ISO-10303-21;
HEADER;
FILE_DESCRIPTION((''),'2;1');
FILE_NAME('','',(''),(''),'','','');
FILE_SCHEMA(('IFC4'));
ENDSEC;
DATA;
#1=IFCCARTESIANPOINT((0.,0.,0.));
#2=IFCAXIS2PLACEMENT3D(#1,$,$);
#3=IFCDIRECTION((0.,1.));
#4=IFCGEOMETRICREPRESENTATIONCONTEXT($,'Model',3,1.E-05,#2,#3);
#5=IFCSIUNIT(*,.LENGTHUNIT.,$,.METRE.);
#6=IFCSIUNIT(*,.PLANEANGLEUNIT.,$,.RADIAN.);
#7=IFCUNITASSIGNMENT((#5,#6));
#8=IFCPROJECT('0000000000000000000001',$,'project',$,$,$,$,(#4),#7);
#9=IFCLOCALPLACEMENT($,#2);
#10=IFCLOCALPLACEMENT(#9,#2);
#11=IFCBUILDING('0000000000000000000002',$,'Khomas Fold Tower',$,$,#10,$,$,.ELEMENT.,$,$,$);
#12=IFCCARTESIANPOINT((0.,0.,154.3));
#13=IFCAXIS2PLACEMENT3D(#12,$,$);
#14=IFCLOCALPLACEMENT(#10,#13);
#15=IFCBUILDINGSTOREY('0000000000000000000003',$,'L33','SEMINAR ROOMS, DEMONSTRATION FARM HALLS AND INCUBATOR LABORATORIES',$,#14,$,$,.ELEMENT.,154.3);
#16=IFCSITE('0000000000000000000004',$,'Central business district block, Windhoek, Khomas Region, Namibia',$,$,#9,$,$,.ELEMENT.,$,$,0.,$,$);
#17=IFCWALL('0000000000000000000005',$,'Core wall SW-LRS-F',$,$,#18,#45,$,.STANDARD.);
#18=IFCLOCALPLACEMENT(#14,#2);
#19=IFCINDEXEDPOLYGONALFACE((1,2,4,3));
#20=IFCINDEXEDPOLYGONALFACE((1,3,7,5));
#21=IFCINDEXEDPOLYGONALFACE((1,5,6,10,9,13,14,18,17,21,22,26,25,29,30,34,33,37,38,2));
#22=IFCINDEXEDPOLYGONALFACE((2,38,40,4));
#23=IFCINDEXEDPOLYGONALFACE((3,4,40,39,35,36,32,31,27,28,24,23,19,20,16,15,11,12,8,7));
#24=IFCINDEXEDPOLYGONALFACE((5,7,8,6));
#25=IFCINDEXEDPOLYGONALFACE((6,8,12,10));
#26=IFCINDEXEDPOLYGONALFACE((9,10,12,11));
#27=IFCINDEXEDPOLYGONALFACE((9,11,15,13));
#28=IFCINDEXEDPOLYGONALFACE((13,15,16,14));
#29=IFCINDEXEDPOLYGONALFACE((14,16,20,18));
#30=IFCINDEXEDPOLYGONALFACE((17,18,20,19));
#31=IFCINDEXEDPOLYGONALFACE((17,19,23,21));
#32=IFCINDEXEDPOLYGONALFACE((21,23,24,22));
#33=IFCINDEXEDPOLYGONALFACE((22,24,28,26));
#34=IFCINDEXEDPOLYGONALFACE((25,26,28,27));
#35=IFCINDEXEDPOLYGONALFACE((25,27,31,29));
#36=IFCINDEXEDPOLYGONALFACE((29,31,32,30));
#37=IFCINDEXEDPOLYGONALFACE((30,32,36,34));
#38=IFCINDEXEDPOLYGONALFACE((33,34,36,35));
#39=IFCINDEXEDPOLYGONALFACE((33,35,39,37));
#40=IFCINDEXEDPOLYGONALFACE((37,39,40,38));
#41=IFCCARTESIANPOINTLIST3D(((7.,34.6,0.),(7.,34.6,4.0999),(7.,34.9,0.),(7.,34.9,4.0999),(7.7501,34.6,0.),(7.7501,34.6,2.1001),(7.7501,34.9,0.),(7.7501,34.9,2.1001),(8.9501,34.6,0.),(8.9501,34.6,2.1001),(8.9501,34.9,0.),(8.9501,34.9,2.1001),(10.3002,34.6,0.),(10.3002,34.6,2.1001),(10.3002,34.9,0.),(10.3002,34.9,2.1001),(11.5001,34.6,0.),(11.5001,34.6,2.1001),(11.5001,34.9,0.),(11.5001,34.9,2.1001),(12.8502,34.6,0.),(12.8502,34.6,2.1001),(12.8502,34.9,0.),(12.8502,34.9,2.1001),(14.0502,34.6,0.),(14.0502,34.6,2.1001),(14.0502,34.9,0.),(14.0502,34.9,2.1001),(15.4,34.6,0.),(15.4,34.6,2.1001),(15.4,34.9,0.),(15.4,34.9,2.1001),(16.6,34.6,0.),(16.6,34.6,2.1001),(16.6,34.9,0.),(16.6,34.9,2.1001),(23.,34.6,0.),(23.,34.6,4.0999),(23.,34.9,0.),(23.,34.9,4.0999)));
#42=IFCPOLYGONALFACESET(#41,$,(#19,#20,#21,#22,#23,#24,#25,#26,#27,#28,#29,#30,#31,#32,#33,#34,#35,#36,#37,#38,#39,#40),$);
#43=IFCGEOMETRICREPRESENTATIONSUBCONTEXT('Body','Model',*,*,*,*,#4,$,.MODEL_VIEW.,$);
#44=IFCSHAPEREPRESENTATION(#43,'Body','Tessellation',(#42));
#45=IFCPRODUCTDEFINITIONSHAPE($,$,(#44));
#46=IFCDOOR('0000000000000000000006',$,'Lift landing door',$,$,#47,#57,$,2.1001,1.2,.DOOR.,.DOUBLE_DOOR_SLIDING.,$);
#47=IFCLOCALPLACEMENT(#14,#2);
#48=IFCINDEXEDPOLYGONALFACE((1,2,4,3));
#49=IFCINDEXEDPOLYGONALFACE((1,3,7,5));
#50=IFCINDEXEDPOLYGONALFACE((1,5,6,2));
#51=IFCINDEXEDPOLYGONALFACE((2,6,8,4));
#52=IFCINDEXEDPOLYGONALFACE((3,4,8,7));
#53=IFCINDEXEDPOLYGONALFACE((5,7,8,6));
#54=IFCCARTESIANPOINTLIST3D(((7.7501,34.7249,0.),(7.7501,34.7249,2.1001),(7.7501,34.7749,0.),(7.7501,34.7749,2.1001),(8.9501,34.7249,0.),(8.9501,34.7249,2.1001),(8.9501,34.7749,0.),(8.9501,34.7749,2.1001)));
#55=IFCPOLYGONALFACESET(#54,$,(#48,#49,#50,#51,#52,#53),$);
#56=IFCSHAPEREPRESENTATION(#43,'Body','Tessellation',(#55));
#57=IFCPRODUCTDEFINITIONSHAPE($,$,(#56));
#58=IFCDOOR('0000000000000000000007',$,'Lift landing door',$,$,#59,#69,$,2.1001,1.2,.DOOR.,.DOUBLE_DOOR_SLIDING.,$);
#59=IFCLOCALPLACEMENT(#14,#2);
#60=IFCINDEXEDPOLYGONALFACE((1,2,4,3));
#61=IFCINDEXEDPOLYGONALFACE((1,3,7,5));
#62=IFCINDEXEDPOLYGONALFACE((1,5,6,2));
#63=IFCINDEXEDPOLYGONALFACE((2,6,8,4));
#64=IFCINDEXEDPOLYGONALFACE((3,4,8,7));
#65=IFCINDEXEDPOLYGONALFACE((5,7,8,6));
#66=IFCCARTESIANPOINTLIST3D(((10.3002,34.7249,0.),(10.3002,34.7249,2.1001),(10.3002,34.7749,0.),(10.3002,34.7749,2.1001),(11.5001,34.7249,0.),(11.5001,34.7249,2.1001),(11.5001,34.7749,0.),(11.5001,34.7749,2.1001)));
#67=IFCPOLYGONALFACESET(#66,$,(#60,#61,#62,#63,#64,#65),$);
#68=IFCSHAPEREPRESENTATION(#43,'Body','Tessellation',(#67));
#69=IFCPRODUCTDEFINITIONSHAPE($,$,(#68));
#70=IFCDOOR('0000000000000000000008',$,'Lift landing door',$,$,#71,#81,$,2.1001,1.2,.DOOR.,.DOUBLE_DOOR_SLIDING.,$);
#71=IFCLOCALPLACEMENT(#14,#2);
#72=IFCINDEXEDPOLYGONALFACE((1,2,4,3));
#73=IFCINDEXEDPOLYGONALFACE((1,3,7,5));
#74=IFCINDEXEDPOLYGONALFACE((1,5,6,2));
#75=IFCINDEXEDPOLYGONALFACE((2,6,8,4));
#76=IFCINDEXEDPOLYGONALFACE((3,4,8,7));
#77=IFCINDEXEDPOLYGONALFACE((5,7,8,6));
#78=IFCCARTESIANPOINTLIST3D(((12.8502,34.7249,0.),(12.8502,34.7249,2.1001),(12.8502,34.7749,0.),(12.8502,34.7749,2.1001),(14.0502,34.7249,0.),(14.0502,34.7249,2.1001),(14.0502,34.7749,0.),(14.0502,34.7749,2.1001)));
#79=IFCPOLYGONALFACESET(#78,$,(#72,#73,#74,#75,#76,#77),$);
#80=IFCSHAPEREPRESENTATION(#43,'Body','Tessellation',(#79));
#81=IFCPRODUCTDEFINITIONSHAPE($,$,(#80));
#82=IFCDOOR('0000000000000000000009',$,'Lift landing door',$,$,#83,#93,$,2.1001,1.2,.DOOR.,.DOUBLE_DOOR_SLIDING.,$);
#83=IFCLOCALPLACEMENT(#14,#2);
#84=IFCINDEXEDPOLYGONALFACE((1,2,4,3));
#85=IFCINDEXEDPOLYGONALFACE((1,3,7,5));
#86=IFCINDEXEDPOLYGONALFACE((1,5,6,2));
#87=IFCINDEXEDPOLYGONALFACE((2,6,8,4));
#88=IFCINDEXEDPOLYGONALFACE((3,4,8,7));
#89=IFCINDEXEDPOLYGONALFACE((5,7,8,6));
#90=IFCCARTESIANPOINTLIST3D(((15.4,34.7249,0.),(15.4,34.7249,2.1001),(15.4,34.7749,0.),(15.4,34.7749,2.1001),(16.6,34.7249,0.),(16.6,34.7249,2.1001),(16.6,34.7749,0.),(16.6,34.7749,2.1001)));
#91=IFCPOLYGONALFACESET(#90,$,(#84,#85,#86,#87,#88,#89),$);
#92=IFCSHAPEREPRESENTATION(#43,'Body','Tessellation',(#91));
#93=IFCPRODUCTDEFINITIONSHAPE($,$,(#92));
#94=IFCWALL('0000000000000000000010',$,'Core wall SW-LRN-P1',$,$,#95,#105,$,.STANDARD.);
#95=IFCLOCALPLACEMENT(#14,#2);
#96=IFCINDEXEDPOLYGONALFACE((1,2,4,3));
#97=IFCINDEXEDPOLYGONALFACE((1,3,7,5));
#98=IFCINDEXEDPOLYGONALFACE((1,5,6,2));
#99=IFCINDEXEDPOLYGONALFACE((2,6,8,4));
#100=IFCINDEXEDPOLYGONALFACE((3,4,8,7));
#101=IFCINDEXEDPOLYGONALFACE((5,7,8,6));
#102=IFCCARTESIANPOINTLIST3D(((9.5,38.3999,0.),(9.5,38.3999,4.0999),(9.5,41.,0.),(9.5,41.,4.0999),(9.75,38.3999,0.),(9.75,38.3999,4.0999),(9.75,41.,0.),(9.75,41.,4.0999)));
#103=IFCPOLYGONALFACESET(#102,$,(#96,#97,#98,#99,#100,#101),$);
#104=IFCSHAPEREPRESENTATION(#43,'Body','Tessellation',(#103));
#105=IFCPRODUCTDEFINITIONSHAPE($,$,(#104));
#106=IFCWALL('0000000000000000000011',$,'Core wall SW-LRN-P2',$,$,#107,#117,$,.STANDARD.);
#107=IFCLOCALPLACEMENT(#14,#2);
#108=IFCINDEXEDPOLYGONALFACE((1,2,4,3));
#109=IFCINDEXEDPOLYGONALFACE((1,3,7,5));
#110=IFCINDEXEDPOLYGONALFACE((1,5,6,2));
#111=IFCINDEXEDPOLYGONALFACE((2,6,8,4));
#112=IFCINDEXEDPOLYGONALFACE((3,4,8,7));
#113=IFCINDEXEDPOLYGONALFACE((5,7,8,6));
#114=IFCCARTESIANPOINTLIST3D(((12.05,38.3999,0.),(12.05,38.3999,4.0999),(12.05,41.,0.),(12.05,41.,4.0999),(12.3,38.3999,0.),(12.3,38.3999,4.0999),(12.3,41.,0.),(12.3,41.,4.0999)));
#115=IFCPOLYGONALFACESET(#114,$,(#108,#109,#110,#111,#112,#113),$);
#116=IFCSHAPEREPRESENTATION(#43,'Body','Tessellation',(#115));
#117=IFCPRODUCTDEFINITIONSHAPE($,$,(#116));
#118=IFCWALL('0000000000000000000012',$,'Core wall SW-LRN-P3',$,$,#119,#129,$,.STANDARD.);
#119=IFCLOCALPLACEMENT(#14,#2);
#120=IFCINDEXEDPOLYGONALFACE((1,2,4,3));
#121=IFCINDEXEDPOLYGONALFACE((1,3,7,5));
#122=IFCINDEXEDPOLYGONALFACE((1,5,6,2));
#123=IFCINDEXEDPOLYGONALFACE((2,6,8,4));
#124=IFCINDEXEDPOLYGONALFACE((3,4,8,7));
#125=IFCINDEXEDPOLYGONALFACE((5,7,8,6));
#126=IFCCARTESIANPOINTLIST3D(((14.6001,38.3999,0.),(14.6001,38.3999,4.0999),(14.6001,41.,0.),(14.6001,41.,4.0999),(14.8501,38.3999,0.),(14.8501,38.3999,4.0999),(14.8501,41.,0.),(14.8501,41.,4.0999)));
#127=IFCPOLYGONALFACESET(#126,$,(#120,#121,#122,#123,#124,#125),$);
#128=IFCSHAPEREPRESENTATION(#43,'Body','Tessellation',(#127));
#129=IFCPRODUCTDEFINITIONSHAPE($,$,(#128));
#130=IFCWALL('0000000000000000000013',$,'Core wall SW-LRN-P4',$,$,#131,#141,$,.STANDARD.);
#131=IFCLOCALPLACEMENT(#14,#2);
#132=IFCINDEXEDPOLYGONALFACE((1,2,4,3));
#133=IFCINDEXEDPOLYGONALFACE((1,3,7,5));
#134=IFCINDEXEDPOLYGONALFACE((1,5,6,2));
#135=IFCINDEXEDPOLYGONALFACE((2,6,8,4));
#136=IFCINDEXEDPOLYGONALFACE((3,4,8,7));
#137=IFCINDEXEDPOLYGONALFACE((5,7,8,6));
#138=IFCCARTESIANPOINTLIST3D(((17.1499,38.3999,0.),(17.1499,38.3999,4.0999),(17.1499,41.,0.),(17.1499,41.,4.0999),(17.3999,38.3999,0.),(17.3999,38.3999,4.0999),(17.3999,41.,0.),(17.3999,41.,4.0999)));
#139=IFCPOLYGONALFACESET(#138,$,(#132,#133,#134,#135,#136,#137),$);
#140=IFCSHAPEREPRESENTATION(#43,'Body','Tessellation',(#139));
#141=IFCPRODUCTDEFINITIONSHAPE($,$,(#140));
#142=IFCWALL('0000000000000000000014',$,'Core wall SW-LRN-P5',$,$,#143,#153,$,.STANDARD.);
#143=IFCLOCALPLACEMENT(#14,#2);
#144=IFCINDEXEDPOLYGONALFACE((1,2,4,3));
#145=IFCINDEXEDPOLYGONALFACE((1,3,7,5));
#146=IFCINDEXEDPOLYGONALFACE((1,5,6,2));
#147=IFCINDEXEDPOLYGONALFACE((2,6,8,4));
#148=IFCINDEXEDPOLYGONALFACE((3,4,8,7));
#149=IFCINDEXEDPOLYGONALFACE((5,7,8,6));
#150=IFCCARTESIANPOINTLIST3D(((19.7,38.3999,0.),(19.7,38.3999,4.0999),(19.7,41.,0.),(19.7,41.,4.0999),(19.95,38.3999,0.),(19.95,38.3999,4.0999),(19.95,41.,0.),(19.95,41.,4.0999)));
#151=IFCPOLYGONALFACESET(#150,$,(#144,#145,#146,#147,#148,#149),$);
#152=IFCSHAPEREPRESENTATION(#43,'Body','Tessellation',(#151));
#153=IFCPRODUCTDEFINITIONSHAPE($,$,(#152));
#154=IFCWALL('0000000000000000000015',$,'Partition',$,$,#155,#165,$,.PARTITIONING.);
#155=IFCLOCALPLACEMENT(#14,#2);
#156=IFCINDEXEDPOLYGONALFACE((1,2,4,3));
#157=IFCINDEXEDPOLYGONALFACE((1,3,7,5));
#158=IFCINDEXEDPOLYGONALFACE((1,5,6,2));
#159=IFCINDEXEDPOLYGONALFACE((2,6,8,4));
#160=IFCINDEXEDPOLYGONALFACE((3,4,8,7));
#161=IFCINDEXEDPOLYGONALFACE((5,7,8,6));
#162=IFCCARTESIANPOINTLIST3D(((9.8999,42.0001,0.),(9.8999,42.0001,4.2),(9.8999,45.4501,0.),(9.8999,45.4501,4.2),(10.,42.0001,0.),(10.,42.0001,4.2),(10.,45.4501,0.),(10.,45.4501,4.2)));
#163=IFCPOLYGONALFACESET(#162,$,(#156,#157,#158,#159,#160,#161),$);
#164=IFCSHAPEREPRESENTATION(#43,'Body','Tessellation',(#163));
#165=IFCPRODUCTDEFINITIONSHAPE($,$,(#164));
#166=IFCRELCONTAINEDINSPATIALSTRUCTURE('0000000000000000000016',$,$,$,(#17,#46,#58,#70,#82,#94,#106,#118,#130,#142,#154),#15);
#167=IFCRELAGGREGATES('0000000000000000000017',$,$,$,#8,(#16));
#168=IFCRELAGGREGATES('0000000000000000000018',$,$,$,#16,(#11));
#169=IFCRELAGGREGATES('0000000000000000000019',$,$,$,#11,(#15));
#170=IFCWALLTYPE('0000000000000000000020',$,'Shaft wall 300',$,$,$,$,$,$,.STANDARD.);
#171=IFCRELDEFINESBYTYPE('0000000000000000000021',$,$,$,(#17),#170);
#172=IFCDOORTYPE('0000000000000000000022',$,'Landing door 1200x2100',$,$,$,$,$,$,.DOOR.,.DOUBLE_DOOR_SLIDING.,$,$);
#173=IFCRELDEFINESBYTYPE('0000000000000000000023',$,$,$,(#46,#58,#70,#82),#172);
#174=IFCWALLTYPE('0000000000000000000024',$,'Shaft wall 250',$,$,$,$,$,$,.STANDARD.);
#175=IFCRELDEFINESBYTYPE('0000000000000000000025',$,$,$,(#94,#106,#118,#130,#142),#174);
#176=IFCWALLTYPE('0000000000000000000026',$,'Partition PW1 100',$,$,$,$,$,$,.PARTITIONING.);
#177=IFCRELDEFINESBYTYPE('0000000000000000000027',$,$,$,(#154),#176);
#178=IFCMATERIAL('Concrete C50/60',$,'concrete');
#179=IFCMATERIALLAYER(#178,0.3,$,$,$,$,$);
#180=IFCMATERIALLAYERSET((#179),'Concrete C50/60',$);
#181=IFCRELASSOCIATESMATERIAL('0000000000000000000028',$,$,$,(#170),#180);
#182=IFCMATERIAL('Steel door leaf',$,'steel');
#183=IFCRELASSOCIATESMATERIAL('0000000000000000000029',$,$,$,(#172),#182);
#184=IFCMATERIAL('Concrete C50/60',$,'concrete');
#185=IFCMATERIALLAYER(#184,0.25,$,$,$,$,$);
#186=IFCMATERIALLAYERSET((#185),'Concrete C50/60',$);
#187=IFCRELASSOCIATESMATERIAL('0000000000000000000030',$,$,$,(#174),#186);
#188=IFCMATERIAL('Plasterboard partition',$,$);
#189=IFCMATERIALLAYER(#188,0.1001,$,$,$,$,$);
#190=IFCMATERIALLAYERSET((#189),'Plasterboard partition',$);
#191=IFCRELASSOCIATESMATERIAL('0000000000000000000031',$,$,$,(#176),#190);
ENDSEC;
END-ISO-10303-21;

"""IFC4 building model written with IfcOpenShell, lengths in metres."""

from ifc_helpers import new_model, si_unit, direction, frame, frame_2d, origin, place, context, subcontext, project, spatial, rectangle, extrude, source, transform, mapped, material, layer, layer_set, type_object, element, fill, save


model = new_model("IFC4")

# Units and contexts
model_context = context("Model", 3, precision=1e-05, world=origin(), true_north=direction((0.0, 1.0)))
body_context = subcontext(model_context, "Body", "Model", "MODEL_VIEW")
ifc_project = project(units=[si_unit("LENGTHUNIT", "METRE"), si_unit("PLANEANGLEUNIT", "RADIAN")], contexts=[model_context])

# Site, building, storey
site_placement = place(None, origin())
site = spatial("IfcSite", under=ifc_project, at=site_placement, Name="Central business district block, Windhoek, Khomas Region, Namibia", CompositionType="ELEMENT", RefElevation=0.0)
building_placement = place(site_placement, origin())
building = spatial("IfcBuilding", under=site, at=building_placement, Name="Khomas Fold Tower", CompositionType="ELEMENT")
storey_placement = place(building_placement, frame((0.0, 0.0, 154.3)))
storey = spatial("IfcBuildingStorey", under=building, at=storey_placement, Name="L33", Description="SEMINAR ROOMS, DEMONSTRATION FARM HALLS AND INCUBATOR LABORATORIES", CompositionType="ELEMENT", Elevation=154.3)

# Wall, openings, doors
ifc_material_1 = material(Name="Concrete C50/60", Category="concrete")
ifc_layer_1 = layer(ifc_material_1, 0.3)
ifc_layer_set_1 = layer_set([ifc_layer_1], Name="Concrete C50/60")
wall_type_1 = type_object("IfcWallType", Name="Shaft wall 300", PredefinedType="STANDARD", material=ifc_layer_set_1)
shared_shape_1 = source(origin(), body_context, "Body", "SweptSolid", [
    extrude(rectangle(XDim=16.0, YDim=0.3, at=frame_2d((8.0, 0.0))), origin(), (0.0, 0.0, 1.0), 4.0999),
])
shared_shape_2 = source(origin(), body_context, "Body", "SweptSolid", [
    extrude(rectangle(XDim=1.2, YDim=2.1001, at=frame_2d((0.6001, 1.05))), frame((0.0, 0.1599, 0.0), z_axis=(0.0, -1.0, 0.0), x_axis=(1.0, 0.0, 0.0)), (0.0, 0.0, 1.0), 0.3201),
])
ifc_material_2 = material(Name="Steel door leaf", Category="steel")
door_type = type_object("IfcDoorType", Name="Landing door 1200x2100", OperationType="DOUBLE_DOOR_SLIDING", PredefinedType="DOOR", material=ifc_material_2)
shared_shape_3 = source(origin(), body_context, "Body", "SweptSolid", [
    extrude(rectangle(XDim=1.2, YDim=2.1001, at=frame_2d((0.6001, 1.05))), frame((0.0, 0.0249, 0.0), z_axis=(0.0, -1.0, 0.0), x_axis=(1.0, 0.0, 0.0)), (0.0, 0.0, 1.0), 0.05),
])
wall_1_placement = place(storey_placement, frame((7.0, 34.75, 0.0), z_axis=(0.0, 0.0, 1.0), x_axis=(1.0, 0.0, 0.0)))
wall_1 = element("IfcWall", 1, at=wall_1_placement, inside=storey, type_object=wall_type_1, Name="Core wall SW-LRS-F", PredefinedType="STANDARD", context=body_context, shape_type="MappedRepresentation", body=[
    mapped(shared_shape_1, transform((0.0, 0.0, 0.0))),
])
opening_1_placement = place(wall_1_placement, frame((0.75, 0.0, 0.0)))
opening_1 = element("IfcOpeningElement", 2, at=opening_1_placement, cuts=wall_1, PredefinedType="OPENING", context=body_context, shape_type="MappedRepresentation", body=[
    mapped(shared_shape_2, transform((0.0, 0.0, 0.0))),
])
opening_2_placement = place(wall_1_placement, frame((3.3, 0.0, 0.0)))
opening_2 = element("IfcOpeningElement", 3, at=opening_2_placement, cuts=wall_1, PredefinedType="OPENING", context=body_context, shape_type="MappedRepresentation", body=[
    mapped(shared_shape_2, transform((0.0, 0.0, 0.0))),
])
opening_3_placement = place(wall_1_placement, frame((5.8501, 0.0, 0.0)))
opening_3 = element("IfcOpeningElement", 4, at=opening_3_placement, cuts=wall_1, PredefinedType="OPENING", context=body_context, shape_type="MappedRepresentation", body=[
    mapped(shared_shape_2, transform((0.0, 0.0, 0.0))),
])
opening_4_placement = place(wall_1_placement, frame((8.3999, 0.0, 0.0)))
opening_4 = element("IfcOpeningElement", 5, at=opening_4_placement, cuts=wall_1, PredefinedType="OPENING", context=body_context, shape_type="MappedRepresentation", body=[
    mapped(shared_shape_2, transform((0.0, 0.0, 0.0))),
])
door_1_placement = place(opening_1_placement, origin())
door_1 = element("IfcDoor", 6, at=door_1_placement, inside=storey, type_object=door_type, Name="Lift landing door", OperationType="DOUBLE_DOOR_SLIDING", OverallHeight=2.1001, OverallWidth=1.2, PredefinedType="DOOR", context=body_context, shape_type="MappedRepresentation", body=[
    mapped(shared_shape_3, transform((0.0, 0.0, 0.0))),
])
fill(opening_1, door_1)
door_2_placement = place(opening_2_placement, origin())
door_2 = element("IfcDoor", 7, at=door_2_placement, inside=storey, type_object=door_type, Name="Lift landing door", OperationType="DOUBLE_DOOR_SLIDING", OverallHeight=2.1001, OverallWidth=1.2, PredefinedType="DOOR", context=body_context, shape_type="MappedRepresentation", body=[
    mapped(shared_shape_3, transform((0.0, 0.0, 0.0))),
])
fill(opening_2, door_2)
door_3_placement = place(opening_3_placement, origin())
door_3 = element("IfcDoor", 8, at=door_3_placement, inside=storey, type_object=door_type, Name="Lift landing door", OperationType="DOUBLE_DOOR_SLIDING", OverallHeight=2.1001, OverallWidth=1.2, PredefinedType="DOOR", context=body_context, shape_type="MappedRepresentation", body=[
    mapped(shared_shape_3, transform((0.0, 0.0, 0.0))),
])
fill(opening_3, door_3)
door_4_placement = place(opening_4_placement, origin())
door_4 = element("IfcDoor", 9, at=door_4_placement, inside=storey, type_object=door_type, Name="Lift landing door", OperationType="DOUBLE_DOOR_SLIDING", OverallHeight=2.1001, OverallWidth=1.2, PredefinedType="DOOR", context=body_context, shape_type="MappedRepresentation", body=[
    mapped(shared_shape_3, transform((0.0, 0.0, 0.0))),
])
fill(opening_4, door_4)

# Walls
ifc_material_3 = material(Name="Concrete C50/60", Category="concrete")
ifc_layer_2 = layer(ifc_material_3, 0.25)
ifc_layer_set_2 = layer_set([ifc_layer_2], Name="Concrete C50/60")
wall_type_2 = type_object("IfcWallType", Name="Shaft wall 250", PredefinedType="STANDARD", material=ifc_layer_set_2)
shared_shape_4 = source(origin(), body_context, "Body", "SweptSolid", [
    extrude(rectangle(XDim=2.6001, YDim=0.25, at=frame_2d((1.3, 0.0))), origin(), (0.0, 0.0, 1.0), 4.0999),
])
for number, where, z_axis, x_axis, name in (
    (10, (9.625, 38.3999, 0.0), (0.0, 0.0, 1.0), (0.0, 1.0, 0.0), "Core wall SW-LRN-P1"),
    (11, (12.175, 38.3999, 0.0), (0.0, 0.0, 1.0), (0.0, 1.0, 0.0), "Core wall SW-LRN-P2"),
    (12, (14.7251, 38.3999, 0.0), (0.0, 0.0, 1.0), (0.0, 1.0, 0.0), "Core wall SW-LRN-P3"),
    (13, (17.2749, 38.3999, 0.0), (0.0, 0.0, 1.0), (0.0, 1.0, 0.0), "Core wall SW-LRN-P4"),
    (14, (19.825, 38.3999, 0.0), (0.0, 0.0, 1.0), (0.0, 1.0, 0.0), "Core wall SW-LRN-P5"),
):
    element("IfcWall", number, at=place(storey_placement, frame(where, z_axis=z_axis, x_axis=x_axis)), inside=storey, type_object=wall_type_2, Name=name, PredefinedType="STANDARD", context=body_context, shape_type="MappedRepresentation", body=[
        mapped(shared_shape_4, transform((0.0, 0.0, 0.0))),
    ])
ifc_material_4 = material(Name="Plasterboard partition")
ifc_layer_3 = layer(ifc_material_4, 0.1001)
ifc_layer_set_3 = layer_set([ifc_layer_3], Name="Plasterboard partition")
wall_type_3 = type_object("IfcWallType", Name="Partition PW1 100", PredefinedType="PARTITIONING", material=ifc_layer_set_3)
shared_shape_5 = source(origin(), body_context, "Body", "SweptSolid", [
    extrude(rectangle(XDim=3.45, YDim=0.1001, at=frame_2d((1.7251, 0.0))), origin(), (0.0, 0.0, 1.0), 4.2),
])
wall_2_placement = place(storey_placement, frame((9.95, 42.0, 0.0), z_axis=(0.0, 0.0, 1.0), x_axis=(0.0, 1.0, 0.0)))
element("IfcWall", 15, at=wall_2_placement, inside=storey, type_object=wall_type_3, Name="Partition", PredefinedType="PARTITIONING", context=body_context, shape_type="MappedRepresentation", body=[
    mapped(shared_shape_5, transform((0.0, 0.0, 0.0))),
])

save(model, "model.ifc")
